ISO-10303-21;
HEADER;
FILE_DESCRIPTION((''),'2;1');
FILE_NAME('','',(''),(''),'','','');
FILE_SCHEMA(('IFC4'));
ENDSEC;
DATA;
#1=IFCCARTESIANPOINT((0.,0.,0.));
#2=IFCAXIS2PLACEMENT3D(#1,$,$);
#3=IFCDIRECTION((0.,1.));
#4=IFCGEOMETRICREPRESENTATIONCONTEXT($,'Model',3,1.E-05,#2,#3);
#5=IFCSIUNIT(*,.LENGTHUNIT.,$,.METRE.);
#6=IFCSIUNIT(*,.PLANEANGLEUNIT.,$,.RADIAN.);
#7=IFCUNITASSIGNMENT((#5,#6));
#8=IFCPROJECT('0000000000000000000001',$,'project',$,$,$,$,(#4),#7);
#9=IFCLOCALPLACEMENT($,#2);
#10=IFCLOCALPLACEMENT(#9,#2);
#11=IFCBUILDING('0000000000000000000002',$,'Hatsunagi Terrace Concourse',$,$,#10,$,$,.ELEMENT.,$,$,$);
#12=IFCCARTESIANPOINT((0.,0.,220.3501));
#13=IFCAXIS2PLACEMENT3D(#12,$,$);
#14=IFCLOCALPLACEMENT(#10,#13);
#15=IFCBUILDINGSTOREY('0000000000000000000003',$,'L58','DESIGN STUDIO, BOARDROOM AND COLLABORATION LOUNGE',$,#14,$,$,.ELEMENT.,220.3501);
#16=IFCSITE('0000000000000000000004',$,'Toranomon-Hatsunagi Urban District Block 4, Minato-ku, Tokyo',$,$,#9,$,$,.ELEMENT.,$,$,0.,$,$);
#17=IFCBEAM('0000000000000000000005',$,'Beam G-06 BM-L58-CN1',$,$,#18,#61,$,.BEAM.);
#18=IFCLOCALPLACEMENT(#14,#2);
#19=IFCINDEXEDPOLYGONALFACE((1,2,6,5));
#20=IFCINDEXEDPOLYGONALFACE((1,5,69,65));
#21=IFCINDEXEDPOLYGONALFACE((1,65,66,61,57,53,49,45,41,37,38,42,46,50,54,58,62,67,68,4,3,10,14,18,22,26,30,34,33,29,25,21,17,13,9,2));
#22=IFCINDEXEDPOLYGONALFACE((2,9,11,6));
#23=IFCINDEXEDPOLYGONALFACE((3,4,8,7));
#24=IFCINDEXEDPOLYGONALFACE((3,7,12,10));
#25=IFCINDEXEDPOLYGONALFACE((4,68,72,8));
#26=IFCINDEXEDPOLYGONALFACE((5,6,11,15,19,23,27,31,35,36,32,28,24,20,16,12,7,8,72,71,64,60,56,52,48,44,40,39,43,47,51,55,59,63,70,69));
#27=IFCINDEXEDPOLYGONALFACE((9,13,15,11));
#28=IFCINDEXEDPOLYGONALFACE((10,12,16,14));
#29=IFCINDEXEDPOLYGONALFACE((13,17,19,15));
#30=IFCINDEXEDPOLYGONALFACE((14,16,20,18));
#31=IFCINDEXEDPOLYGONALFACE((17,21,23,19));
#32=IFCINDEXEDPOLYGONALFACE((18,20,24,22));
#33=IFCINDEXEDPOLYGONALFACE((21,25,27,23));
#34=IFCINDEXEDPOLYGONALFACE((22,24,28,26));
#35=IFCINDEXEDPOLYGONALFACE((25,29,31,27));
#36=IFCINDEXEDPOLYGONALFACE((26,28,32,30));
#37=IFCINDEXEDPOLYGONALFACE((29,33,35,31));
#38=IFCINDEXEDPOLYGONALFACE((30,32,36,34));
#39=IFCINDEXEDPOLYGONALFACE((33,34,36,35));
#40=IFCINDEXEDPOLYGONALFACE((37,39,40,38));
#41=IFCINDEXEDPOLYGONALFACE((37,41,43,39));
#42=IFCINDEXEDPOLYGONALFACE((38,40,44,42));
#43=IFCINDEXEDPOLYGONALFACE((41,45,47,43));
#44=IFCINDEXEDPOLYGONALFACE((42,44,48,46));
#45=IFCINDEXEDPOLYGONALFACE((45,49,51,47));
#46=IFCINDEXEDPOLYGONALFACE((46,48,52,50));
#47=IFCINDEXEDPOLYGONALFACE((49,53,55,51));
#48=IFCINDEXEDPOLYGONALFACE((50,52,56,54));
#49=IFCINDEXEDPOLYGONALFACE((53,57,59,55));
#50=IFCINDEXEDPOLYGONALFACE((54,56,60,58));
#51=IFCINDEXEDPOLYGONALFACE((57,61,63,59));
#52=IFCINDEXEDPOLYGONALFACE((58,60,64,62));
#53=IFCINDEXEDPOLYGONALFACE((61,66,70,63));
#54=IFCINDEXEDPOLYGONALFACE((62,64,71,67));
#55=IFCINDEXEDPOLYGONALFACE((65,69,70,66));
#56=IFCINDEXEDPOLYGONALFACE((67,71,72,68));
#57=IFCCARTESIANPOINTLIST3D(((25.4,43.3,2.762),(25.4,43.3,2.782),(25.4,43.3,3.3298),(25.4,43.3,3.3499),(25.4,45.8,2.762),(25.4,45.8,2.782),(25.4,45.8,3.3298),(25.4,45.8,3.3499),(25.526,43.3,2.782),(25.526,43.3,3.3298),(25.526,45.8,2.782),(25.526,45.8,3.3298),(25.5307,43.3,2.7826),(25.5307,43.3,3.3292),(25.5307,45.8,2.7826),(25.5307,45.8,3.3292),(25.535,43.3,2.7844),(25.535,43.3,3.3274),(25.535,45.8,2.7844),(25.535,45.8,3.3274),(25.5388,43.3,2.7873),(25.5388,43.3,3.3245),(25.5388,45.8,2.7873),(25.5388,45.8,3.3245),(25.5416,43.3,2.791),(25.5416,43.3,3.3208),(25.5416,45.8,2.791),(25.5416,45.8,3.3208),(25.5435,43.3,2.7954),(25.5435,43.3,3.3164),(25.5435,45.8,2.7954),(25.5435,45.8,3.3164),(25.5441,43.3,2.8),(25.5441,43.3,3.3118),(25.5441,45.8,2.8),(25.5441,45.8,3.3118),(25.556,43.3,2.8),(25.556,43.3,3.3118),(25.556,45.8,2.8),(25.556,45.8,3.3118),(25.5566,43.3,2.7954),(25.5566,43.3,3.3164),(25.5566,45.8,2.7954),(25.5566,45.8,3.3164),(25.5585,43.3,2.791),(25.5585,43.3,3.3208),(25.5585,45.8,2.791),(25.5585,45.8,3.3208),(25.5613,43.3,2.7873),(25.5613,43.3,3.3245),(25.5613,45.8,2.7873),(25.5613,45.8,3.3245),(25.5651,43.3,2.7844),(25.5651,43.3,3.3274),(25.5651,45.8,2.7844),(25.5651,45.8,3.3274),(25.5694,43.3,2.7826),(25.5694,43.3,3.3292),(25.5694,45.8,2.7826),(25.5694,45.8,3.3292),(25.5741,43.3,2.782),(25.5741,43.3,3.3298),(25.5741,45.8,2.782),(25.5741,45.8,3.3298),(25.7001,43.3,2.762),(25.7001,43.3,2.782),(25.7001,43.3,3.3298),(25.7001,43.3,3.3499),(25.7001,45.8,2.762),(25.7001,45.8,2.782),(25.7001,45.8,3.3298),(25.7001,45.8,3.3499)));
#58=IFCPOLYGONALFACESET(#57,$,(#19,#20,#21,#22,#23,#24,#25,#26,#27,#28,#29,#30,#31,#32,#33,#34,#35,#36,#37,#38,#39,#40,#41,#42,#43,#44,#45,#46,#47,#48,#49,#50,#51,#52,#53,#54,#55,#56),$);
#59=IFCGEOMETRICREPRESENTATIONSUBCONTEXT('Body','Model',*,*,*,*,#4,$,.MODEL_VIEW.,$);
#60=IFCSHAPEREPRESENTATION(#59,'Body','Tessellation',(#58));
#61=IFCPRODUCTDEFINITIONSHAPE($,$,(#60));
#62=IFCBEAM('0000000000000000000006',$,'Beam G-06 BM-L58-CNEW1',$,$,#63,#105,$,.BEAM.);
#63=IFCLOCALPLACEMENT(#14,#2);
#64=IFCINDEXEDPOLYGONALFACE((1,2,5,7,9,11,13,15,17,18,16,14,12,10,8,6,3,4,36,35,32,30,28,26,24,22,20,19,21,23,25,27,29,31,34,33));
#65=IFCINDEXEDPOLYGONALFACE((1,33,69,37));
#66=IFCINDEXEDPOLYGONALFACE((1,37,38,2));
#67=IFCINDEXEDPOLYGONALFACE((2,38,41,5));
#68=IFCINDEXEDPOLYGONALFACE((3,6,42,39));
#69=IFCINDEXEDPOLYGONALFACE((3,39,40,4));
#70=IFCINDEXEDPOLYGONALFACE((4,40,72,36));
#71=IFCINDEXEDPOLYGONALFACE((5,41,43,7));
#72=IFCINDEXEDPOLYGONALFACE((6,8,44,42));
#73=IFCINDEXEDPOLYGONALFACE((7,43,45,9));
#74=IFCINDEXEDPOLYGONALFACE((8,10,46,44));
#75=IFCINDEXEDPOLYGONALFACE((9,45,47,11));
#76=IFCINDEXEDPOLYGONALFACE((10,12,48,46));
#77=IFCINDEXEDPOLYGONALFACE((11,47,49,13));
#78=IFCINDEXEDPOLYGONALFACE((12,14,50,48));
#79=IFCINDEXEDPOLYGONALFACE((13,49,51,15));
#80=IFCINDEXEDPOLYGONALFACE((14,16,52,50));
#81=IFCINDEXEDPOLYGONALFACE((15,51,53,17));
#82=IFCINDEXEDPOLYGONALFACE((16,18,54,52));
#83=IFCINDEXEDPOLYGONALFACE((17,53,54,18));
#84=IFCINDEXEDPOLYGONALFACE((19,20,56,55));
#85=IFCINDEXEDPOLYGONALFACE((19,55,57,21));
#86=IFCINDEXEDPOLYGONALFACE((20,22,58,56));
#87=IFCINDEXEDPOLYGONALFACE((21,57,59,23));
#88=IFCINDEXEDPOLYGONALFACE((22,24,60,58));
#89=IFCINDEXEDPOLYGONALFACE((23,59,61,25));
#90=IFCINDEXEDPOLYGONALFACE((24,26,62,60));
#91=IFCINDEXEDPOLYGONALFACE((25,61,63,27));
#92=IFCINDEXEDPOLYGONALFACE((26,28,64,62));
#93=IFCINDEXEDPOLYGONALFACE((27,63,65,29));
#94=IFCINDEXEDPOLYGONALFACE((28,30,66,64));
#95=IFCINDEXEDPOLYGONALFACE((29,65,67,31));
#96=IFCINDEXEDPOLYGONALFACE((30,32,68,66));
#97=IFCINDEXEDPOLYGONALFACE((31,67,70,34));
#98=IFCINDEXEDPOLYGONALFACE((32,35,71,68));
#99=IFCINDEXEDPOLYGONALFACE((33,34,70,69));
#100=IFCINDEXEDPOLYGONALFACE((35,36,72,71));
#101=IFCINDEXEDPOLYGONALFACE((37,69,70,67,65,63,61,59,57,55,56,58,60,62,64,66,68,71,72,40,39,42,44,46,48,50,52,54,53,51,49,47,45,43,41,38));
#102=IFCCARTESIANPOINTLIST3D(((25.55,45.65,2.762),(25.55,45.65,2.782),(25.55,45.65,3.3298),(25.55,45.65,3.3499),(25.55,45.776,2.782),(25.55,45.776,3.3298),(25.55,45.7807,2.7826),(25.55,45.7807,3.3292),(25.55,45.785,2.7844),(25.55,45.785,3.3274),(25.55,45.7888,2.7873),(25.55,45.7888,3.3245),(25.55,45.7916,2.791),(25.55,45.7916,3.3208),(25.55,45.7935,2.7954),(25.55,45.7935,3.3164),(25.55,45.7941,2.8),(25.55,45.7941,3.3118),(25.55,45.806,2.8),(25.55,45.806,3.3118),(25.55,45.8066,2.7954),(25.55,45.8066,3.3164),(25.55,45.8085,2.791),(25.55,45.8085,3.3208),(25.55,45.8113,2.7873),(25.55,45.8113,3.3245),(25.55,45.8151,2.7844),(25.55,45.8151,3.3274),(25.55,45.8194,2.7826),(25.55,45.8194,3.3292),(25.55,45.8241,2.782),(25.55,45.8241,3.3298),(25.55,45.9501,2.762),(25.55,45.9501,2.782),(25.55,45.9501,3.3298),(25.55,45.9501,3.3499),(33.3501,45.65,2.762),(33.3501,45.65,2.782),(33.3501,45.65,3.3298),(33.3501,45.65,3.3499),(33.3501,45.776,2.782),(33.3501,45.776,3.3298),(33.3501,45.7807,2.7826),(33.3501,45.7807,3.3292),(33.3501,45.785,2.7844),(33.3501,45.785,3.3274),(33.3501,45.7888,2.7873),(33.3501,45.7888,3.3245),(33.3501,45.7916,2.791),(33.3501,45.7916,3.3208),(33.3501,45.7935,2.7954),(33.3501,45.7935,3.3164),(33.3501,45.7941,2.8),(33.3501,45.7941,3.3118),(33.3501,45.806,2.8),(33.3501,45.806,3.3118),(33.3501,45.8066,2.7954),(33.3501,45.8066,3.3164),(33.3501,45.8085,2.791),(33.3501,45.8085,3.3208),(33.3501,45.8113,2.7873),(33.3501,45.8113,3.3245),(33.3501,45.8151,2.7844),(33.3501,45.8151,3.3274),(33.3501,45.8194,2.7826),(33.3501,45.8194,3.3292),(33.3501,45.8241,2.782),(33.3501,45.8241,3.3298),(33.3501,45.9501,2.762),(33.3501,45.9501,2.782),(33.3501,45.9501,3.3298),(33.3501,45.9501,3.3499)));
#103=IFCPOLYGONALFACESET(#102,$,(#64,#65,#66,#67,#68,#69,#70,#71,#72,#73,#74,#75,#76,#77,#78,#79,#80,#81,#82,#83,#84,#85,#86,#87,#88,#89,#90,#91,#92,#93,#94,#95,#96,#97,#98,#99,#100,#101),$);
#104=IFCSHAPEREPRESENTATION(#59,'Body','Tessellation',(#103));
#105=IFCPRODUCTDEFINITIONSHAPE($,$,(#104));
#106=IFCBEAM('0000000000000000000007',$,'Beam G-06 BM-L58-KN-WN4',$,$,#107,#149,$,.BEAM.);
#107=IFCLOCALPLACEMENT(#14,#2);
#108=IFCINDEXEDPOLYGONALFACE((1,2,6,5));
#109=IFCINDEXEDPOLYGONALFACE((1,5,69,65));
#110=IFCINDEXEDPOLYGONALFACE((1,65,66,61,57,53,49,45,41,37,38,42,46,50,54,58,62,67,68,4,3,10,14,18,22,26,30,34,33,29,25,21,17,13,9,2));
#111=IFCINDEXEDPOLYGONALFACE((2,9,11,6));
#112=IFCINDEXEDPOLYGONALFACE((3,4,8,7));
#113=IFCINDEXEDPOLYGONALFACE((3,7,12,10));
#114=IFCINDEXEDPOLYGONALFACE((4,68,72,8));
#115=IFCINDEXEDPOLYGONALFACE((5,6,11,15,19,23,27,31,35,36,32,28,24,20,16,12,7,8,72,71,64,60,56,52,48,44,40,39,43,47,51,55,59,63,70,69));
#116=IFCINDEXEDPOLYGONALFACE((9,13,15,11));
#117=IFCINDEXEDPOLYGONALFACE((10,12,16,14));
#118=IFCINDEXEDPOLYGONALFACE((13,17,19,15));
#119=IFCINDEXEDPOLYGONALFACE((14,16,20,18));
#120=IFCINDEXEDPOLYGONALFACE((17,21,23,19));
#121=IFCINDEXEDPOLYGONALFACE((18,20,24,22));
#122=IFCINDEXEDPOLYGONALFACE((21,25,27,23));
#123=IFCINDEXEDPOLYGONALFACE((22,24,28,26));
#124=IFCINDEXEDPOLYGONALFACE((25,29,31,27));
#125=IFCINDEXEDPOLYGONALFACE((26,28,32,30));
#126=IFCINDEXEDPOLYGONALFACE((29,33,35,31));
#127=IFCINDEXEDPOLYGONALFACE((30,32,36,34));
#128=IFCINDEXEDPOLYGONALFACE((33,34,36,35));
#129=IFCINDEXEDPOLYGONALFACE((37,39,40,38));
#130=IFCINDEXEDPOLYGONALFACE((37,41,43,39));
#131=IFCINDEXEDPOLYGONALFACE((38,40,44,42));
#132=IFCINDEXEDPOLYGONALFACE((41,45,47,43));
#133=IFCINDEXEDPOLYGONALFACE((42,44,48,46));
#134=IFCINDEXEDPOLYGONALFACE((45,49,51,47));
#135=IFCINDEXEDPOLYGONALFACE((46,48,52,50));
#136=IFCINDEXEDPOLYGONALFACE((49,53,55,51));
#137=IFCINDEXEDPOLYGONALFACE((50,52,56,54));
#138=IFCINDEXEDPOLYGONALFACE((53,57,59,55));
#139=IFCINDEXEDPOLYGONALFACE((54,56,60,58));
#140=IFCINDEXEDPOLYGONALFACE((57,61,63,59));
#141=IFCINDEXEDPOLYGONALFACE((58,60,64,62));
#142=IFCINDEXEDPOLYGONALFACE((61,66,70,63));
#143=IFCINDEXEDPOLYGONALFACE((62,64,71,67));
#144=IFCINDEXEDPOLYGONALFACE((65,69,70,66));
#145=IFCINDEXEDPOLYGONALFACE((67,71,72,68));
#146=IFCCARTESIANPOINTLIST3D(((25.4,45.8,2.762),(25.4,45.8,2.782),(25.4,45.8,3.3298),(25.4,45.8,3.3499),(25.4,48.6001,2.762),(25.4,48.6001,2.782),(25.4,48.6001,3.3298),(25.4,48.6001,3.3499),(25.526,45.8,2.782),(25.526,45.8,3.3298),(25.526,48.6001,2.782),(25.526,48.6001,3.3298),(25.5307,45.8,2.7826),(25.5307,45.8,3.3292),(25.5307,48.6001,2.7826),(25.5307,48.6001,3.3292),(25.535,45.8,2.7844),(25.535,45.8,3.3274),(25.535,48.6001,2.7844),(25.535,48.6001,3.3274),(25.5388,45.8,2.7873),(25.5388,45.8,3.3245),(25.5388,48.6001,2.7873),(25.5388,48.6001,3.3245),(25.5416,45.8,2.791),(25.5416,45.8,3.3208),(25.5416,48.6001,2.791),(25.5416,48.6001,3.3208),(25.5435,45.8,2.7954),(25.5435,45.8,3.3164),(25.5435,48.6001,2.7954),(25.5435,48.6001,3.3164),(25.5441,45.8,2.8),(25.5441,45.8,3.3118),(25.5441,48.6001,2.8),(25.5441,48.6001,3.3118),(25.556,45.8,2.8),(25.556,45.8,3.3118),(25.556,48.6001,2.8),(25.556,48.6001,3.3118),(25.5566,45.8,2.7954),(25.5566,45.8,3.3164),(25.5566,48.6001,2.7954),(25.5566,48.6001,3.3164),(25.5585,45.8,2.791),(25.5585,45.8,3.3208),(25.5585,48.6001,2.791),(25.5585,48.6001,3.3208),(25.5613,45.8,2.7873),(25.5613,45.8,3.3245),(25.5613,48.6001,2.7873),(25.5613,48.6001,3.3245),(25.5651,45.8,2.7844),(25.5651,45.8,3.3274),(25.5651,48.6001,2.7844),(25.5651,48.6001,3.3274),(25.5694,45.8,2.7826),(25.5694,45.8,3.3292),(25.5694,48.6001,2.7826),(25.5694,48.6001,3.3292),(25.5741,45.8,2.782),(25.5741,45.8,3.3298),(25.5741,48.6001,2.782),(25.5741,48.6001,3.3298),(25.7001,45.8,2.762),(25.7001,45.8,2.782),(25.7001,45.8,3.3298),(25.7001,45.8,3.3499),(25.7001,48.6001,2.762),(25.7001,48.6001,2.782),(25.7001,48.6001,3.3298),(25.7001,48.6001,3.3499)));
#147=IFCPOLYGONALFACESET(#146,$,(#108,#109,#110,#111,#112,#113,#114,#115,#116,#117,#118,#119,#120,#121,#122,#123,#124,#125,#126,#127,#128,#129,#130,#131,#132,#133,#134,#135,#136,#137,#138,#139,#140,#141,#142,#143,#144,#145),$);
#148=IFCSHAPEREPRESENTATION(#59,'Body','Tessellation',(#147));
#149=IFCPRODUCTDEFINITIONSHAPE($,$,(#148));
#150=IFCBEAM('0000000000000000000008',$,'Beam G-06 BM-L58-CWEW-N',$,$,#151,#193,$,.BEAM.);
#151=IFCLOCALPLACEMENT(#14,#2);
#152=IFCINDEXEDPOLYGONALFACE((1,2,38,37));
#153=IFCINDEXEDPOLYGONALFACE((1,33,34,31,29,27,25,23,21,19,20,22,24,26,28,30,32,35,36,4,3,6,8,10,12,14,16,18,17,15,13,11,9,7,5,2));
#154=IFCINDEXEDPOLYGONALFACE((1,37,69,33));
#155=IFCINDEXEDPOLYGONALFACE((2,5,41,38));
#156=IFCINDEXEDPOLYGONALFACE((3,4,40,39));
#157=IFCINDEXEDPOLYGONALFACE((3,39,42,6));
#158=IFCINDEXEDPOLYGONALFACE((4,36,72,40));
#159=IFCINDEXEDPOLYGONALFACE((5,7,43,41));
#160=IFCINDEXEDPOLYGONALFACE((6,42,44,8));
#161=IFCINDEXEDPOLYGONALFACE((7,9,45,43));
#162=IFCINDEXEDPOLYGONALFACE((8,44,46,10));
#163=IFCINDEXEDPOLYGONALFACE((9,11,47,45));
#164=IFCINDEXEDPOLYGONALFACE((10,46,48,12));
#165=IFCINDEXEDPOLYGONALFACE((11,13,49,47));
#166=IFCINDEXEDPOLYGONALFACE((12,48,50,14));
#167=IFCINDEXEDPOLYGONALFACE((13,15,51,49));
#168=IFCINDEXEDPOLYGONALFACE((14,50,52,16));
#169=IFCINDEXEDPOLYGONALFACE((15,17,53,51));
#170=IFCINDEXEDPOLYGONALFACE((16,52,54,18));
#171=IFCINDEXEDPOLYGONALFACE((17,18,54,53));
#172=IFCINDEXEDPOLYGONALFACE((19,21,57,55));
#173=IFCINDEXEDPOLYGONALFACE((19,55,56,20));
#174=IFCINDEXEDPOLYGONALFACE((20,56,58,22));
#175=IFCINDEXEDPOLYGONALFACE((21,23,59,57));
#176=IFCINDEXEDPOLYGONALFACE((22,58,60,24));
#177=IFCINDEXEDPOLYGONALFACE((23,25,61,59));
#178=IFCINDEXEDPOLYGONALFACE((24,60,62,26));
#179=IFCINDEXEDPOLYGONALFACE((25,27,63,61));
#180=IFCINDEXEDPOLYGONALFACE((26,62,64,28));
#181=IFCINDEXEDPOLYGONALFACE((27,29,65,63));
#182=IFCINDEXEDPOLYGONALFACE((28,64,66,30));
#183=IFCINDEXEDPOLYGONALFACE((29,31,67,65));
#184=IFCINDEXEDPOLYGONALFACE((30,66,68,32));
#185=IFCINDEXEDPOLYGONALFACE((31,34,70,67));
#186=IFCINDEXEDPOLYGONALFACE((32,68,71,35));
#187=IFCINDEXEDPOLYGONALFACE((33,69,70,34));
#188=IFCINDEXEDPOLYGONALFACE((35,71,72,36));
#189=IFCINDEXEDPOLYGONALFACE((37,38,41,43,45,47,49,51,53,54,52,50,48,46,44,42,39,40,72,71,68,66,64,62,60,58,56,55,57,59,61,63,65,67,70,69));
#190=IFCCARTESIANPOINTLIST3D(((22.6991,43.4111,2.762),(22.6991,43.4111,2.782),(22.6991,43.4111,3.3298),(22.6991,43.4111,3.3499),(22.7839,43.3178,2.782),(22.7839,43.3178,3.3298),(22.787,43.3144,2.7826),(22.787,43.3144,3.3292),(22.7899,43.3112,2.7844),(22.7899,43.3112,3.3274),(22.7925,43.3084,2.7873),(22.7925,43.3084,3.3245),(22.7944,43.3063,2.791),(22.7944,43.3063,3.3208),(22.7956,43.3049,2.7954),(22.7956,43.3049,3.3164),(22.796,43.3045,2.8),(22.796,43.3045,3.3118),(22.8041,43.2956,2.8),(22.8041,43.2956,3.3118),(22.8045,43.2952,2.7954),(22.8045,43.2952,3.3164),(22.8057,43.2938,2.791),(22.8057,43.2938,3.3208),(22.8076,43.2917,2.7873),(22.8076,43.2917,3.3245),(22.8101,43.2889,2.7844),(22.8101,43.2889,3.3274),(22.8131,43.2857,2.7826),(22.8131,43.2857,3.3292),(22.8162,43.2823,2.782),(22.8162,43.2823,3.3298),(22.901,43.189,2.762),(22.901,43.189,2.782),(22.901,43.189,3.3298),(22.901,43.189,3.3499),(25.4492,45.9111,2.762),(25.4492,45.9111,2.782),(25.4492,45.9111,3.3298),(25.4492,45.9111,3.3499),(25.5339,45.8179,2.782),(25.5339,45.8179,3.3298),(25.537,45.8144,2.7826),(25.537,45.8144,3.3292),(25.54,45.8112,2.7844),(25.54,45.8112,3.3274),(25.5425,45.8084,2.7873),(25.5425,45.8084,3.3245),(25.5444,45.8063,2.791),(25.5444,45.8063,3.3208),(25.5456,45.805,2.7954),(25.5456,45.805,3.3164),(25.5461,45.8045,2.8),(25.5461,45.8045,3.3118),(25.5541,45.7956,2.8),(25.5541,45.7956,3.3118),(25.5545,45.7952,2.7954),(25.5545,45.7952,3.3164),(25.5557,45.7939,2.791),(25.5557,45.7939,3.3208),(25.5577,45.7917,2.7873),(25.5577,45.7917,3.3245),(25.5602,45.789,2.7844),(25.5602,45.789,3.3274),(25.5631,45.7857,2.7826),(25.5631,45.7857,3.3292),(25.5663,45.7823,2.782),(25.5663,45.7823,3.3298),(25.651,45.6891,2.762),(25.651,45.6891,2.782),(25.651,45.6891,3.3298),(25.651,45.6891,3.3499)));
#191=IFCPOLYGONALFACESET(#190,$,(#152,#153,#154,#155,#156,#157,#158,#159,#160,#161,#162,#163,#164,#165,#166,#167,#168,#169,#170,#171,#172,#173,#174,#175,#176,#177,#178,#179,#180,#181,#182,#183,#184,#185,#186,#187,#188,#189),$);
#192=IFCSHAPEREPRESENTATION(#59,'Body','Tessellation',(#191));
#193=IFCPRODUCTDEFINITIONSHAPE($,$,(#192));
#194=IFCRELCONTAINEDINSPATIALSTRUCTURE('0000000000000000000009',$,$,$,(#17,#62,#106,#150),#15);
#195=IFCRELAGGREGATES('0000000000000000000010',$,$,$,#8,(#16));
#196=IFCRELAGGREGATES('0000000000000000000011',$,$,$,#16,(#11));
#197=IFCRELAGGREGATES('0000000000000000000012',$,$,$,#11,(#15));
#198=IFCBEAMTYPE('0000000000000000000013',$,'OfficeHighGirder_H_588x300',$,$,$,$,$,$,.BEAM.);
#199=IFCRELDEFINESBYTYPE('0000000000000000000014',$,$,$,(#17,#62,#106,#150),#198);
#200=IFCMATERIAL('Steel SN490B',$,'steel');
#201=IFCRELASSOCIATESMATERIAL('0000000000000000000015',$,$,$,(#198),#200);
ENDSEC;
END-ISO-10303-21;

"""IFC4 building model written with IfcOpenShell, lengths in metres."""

from ifc_helpers import new_model, si_unit, direction, frame, origin, origin_2d, place, context, subcontext, project, spatial, i_section, extrude, material, material_profile, profile_set, type_object, element, save


model = new_model("IFC4")

# Units and contexts
model_context = context("Model", 3, precision=1e-05, world=origin(), true_north=direction((0.0, 1.0)))
body_context = subcontext(model_context, "Body", "Model", "MODEL_VIEW")
ifc_project = project(units=[si_unit("LENGTHUNIT", "METRE"), si_unit("PLANEANGLEUNIT", "RADIAN")], contexts=[model_context])

# Site, building, storey
site_placement = place(None, origin())
site = spatial("IfcSite", under=ifc_project, at=site_placement, Name="Toranomon-Hatsunagi Urban District Block 4, Minato-ku, Tokyo", CompositionType="ELEMENT", RefElevation=0.0)
building_placement = place(site_placement, origin())
building = spatial("IfcBuilding", under=site, at=building_placement, Name="Hatsunagi Terrace Concourse", CompositionType="ELEMENT")
storey_placement = place(building_placement, frame((0.0, 0.0, 220.3501)))
storey = spatial("IfcBuildingStorey", under=building, at=storey_placement, Name="L58", Description="DESIGN STUDIO, BOARDROOM AND COLLABORATION LOUNGE", CompositionType="ELEMENT", Elevation=220.3501)

# Beams
ifc_material_1 = material(Name="Steel SN490B", Category="steel")
ifc_material_profile_1 = material_profile(ifc_material_1, i_section(OverallWidth=0.3, OverallDepth=0.5879, WebThickness=0.012, FlangeThickness=0.02, FilletRadius=0.0181, at=origin_2d()), Name="H-588x300x12x20")
ifc_profile_set_1 = profile_set([ifc_material_profile_1], Name="Steel SN490B")
beam_type_1 = type_object("IfcBeamType", Name="OfficeHighGirder_H_588x300", PredefinedType="BEAM", material=ifc_profile_set_1)
beam_1_placement = place(storey_placement, frame((25.55, 43.3, 3.0559), z_axis=(0.0, 1.0, 0.0), x_axis=(-1.0, 0.0, 0.0)))
element("IfcBeam", 1, at=beam_1_placement, inside=storey, type_object=beam_type_1, Name="Beam G-06 BM-L58-CN1", PredefinedType="BEAM", context=body_context, shape_type="SweptSolid", body=[
    extrude(i_section(OverallWidth=0.3, OverallDepth=0.5879, WebThickness=0.012, FlangeThickness=0.02, FilletRadius=0.0181, at=origin_2d()), origin(), (0.0, 0.0, 1.0), 2.5),
])
beam_2_placement = place(storey_placement, frame((25.55, 45.8, 3.0559), z_axis=(1.0, 0.0, 0.0), x_axis=(0.0, 1.0, 0.0)))
element("IfcBeam", 2, at=beam_2_placement, inside=storey, type_object=beam_type_1, Name="Beam G-06 BM-L58-CNEW1", PredefinedType="BEAM", context=body_context, shape_type="SweptSolid", body=[
    extrude(i_section(OverallWidth=0.3, OverallDepth=0.5879, WebThickness=0.012, FlangeThickness=0.02, FilletRadius=0.0181, at=origin_2d()), origin(), (0.0, 0.0, 1.0), 7.8),
])
beam_3_placement = place(storey_placement, frame((25.55, 45.8, 3.0559), z_axis=(0.0, 1.0, 0.0), x_axis=(-1.0, 0.0, 0.0)))
element("IfcBeam", 3, at=beam_3_placement, inside=storey, type_object=beam_type_1, Name="Beam G-06 BM-L58-KN-WN4", PredefinedType="BEAM", context=body_context, shape_type="SweptSolid", body=[
    extrude(i_section(OverallWidth=0.3, OverallDepth=0.5879, WebThickness=0.012, FlangeThickness=0.02, FilletRadius=0.0181, at=origin_2d()), origin(), (0.0, 0.0, 1.0), 2.8),
])
beam_4_placement = place(storey_placement, frame((22.8, 43.3, 3.0559), z_axis=(0.73994, 0.672673, 0.0), x_axis=(-0.672673, 0.73994, 0.0)))
element("IfcBeam", 4, at=beam_4_placement, inside=storey, type_object=beam_type_1, Name="Beam G-06 BM-L58-CWEW-N", PredefinedType="BEAM", context=body_context, shape_type="SweptSolid", body=[
    extrude(i_section(OverallWidth=0.3, OverallDepth=0.5879, WebThickness=0.012, FlangeThickness=0.02, FilletRadius=0.0181, at=origin_2d()), origin(), (0.0, 0.0, 1.0), 3.7166),
])

save(model, "model.ifc")
